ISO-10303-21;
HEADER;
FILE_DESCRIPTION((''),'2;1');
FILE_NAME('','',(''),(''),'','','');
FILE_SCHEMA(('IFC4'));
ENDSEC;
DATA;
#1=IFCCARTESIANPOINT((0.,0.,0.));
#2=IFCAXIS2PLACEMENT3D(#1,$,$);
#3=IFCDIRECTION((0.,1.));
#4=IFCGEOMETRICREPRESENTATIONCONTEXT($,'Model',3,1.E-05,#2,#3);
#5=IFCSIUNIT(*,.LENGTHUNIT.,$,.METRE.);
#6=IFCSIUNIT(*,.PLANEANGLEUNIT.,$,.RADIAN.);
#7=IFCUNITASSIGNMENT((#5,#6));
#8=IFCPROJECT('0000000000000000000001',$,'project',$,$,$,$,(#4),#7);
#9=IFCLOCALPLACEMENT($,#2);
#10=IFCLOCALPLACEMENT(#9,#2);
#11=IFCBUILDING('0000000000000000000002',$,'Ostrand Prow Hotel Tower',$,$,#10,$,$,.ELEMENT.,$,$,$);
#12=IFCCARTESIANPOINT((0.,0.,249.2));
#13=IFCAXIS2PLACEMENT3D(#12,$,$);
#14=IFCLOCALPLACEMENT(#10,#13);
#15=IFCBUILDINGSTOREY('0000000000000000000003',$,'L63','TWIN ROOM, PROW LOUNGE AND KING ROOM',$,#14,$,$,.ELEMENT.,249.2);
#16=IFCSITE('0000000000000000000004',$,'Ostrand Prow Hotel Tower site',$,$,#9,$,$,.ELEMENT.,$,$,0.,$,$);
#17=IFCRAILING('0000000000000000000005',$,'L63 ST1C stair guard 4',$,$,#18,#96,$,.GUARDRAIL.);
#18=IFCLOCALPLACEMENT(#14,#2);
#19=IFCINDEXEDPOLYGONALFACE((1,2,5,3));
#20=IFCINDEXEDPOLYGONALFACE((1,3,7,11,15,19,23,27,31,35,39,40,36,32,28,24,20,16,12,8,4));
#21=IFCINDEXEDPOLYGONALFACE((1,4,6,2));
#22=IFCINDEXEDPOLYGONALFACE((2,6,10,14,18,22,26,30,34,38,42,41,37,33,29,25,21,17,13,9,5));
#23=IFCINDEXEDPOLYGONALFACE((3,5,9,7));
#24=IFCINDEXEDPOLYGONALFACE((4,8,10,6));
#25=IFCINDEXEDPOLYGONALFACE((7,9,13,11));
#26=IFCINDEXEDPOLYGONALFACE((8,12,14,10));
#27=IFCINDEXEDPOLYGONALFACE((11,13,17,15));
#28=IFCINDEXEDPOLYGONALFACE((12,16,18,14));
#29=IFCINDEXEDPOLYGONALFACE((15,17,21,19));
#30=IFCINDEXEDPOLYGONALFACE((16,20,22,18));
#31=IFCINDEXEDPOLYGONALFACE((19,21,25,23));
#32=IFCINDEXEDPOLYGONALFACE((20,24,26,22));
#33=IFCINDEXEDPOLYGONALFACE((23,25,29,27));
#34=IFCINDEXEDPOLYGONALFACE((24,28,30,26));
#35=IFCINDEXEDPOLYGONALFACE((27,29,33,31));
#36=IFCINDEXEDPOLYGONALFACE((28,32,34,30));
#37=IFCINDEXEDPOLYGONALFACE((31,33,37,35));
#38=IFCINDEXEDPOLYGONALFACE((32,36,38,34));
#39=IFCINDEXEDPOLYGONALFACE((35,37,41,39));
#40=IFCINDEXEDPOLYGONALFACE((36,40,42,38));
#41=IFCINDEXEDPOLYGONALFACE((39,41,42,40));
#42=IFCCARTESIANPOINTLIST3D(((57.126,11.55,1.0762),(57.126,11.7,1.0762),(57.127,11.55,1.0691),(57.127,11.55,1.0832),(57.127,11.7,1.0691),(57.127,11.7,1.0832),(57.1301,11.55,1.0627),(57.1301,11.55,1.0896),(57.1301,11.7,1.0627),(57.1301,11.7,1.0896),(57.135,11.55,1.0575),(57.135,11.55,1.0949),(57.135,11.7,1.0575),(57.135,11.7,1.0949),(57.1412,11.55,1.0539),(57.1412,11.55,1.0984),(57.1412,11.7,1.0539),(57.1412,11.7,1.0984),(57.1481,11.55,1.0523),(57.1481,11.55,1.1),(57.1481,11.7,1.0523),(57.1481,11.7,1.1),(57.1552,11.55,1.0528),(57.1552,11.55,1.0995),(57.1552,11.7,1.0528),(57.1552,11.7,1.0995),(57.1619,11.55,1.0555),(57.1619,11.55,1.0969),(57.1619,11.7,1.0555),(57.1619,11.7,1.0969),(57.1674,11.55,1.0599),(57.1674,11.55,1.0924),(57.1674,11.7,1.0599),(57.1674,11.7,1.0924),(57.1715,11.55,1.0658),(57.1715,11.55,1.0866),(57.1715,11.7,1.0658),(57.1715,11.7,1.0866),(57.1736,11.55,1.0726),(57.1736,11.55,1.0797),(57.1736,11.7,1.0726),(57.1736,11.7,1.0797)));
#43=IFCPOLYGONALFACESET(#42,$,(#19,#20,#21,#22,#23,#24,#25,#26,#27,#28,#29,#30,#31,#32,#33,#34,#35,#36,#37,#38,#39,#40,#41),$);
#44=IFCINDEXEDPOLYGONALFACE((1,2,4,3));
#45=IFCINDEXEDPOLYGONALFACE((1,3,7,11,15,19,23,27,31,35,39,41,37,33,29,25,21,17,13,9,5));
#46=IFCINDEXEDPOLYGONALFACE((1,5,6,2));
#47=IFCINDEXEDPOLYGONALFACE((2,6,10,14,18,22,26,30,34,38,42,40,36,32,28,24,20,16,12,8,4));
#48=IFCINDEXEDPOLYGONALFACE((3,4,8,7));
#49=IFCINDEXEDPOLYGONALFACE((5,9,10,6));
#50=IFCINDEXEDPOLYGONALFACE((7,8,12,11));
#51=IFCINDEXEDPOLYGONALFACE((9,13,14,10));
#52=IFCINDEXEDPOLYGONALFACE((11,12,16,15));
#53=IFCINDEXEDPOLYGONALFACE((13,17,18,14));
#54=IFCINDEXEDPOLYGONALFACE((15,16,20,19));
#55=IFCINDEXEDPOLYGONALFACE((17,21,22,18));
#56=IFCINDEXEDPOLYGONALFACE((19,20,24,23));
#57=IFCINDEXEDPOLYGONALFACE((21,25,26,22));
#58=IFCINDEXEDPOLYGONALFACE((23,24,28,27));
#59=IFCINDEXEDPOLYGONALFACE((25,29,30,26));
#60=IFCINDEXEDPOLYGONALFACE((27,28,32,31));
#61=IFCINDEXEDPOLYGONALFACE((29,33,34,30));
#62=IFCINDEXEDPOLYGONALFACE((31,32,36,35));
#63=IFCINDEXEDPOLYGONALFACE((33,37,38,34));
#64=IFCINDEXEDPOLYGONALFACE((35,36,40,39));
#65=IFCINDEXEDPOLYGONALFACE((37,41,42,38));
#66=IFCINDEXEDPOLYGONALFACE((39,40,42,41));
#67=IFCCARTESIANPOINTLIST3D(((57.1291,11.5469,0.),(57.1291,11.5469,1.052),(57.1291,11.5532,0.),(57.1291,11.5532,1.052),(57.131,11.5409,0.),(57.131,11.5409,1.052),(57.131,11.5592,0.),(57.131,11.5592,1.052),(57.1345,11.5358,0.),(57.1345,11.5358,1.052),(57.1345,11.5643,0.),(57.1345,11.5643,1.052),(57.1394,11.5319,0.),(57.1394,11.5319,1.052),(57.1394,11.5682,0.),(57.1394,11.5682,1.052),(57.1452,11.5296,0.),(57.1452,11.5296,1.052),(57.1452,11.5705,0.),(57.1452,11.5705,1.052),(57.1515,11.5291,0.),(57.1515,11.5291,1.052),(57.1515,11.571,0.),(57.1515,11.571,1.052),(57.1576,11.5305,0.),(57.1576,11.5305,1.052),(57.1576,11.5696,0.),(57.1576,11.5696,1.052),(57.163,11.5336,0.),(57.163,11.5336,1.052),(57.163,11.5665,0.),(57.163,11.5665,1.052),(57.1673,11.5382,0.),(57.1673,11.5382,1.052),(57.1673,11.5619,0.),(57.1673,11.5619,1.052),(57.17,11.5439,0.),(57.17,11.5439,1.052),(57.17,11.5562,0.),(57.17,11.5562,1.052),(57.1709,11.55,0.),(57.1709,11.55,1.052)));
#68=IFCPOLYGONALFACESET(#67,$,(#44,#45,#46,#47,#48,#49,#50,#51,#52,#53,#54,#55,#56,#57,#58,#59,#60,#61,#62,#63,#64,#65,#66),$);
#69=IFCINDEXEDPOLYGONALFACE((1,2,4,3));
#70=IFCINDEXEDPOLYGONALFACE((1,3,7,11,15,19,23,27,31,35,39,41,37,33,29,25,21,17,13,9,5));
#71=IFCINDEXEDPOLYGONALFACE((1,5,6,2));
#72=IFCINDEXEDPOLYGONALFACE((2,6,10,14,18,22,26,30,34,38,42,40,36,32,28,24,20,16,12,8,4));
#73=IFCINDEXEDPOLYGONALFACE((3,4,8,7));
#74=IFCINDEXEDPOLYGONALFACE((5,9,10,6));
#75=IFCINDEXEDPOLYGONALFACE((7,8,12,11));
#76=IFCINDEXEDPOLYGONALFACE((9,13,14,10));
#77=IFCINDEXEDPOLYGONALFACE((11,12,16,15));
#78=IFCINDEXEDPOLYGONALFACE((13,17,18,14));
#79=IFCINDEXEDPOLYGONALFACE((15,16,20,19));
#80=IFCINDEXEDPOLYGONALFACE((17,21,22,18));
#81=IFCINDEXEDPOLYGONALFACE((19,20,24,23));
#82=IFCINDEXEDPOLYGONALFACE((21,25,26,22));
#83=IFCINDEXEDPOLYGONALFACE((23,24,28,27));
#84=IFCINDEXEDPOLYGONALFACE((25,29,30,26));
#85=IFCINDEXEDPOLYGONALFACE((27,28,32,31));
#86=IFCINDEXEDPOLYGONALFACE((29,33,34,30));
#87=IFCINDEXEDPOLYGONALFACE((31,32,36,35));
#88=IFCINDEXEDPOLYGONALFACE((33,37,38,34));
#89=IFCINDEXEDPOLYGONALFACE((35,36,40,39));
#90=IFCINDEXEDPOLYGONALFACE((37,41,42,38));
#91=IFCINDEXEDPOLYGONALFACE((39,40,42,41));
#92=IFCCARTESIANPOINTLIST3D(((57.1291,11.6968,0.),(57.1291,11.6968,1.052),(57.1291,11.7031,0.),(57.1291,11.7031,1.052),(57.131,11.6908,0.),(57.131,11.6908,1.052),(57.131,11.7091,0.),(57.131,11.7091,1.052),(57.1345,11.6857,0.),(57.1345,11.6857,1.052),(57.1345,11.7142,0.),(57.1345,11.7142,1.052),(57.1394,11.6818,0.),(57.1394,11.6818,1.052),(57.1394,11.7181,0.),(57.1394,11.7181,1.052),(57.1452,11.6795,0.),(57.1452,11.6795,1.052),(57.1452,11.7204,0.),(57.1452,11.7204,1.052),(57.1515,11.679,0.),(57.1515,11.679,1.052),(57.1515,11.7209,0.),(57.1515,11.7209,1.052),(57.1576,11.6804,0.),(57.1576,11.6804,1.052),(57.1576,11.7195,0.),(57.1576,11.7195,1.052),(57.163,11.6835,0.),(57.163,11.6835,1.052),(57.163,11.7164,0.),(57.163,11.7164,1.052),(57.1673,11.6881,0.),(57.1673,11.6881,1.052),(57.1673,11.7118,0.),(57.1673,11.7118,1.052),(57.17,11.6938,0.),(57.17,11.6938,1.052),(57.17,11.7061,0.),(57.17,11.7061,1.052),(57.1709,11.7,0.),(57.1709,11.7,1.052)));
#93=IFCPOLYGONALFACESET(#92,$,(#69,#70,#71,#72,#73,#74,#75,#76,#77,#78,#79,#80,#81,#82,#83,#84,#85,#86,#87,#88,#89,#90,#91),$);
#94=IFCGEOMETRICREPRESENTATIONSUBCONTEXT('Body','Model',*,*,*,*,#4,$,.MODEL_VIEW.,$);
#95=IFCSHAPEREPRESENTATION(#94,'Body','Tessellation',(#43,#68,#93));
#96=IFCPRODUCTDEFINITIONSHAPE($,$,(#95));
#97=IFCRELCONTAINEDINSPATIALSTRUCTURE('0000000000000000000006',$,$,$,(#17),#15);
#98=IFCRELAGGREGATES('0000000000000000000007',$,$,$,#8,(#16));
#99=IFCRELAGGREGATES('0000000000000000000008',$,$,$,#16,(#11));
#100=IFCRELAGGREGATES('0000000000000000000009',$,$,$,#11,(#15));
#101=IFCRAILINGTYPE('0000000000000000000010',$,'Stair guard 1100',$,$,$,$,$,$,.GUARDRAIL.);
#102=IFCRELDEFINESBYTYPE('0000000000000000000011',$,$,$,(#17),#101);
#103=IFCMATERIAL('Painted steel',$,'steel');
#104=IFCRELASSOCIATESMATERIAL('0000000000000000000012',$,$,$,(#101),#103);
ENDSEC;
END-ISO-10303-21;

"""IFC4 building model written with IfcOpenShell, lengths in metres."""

from ifc_helpers import new_model, si_unit, direction, frame, origin, origin_2d, place, context, subcontext, project, spatial, circle, extrude, material, type_object, element, save


model = new_model("IFC4")

# Units and contexts
model_context = context("Model", 3, precision=1e-05, world=origin(), true_north=direction((0.0, 1.0)))
body_context = subcontext(model_context, "Body", "Model", "MODEL_VIEW")
ifc_project = project(units=[si_unit("LENGTHUNIT", "METRE"), si_unit("PLANEANGLEUNIT", "RADIAN")], contexts=[model_context])

# Site, building, storey
site_placement = place(None, origin())
site = spatial("IfcSite", under=ifc_project, at=site_placement, Name="Ostrand Prow Hotel Tower site", CompositionType="ELEMENT", RefElevation=0.0)
building_placement = place(site_placement, origin())
building = spatial("IfcBuilding", under=site, at=building_placement, Name="Ostrand Prow Hotel Tower", CompositionType="ELEMENT")
storey_placement = place(building_placement, frame((0.0, 0.0, 249.2)))
storey = spatial("IfcBuildingStorey", under=building, at=storey_placement, Name="L63", Description="TWIN ROOM, PROW LOUNGE AND KING ROOM", CompositionType="ELEMENT", Elevation=249.2)

# Railing
ifc_material_1 = material(Name="Painted steel", Category="steel")
railing_type_1 = type_object("IfcRailingType", Name="Stair guard 1100", PredefinedType="GUARDRAIL", material=ifc_material_1)
railing_1_placement = place(storey_placement, frame((57.1499, 11.55, 0.0)))
element("IfcRailing", 1, at=railing_1_placement, inside=storey, type_object=railing_type_1, Name="L63 ST1C stair guard 4", PredefinedType="GUARDRAIL", context=body_context, shape_type="SweptSolid", body=[
    extrude(circle(Radius=0.0239, at=origin_2d()), frame((0.0, 0.0, 1.0762), z_axis=(0.0, 1.0, 0.0), x_axis=(-1.0, 0.0, 0.0)), (0.0, 0.0, 1.0), 0.1499),
    extrude(circle(Radius=0.021, at=origin_2d()), origin(), (0.0, 0.0, 1.0), 1.052),
    extrude(circle(Radius=0.021, at=origin_2d()), frame((0.0, 0.1499, 0.0)), (0.0, 0.0, 1.0), 1.052),
])

save(model, "model.ifc")
